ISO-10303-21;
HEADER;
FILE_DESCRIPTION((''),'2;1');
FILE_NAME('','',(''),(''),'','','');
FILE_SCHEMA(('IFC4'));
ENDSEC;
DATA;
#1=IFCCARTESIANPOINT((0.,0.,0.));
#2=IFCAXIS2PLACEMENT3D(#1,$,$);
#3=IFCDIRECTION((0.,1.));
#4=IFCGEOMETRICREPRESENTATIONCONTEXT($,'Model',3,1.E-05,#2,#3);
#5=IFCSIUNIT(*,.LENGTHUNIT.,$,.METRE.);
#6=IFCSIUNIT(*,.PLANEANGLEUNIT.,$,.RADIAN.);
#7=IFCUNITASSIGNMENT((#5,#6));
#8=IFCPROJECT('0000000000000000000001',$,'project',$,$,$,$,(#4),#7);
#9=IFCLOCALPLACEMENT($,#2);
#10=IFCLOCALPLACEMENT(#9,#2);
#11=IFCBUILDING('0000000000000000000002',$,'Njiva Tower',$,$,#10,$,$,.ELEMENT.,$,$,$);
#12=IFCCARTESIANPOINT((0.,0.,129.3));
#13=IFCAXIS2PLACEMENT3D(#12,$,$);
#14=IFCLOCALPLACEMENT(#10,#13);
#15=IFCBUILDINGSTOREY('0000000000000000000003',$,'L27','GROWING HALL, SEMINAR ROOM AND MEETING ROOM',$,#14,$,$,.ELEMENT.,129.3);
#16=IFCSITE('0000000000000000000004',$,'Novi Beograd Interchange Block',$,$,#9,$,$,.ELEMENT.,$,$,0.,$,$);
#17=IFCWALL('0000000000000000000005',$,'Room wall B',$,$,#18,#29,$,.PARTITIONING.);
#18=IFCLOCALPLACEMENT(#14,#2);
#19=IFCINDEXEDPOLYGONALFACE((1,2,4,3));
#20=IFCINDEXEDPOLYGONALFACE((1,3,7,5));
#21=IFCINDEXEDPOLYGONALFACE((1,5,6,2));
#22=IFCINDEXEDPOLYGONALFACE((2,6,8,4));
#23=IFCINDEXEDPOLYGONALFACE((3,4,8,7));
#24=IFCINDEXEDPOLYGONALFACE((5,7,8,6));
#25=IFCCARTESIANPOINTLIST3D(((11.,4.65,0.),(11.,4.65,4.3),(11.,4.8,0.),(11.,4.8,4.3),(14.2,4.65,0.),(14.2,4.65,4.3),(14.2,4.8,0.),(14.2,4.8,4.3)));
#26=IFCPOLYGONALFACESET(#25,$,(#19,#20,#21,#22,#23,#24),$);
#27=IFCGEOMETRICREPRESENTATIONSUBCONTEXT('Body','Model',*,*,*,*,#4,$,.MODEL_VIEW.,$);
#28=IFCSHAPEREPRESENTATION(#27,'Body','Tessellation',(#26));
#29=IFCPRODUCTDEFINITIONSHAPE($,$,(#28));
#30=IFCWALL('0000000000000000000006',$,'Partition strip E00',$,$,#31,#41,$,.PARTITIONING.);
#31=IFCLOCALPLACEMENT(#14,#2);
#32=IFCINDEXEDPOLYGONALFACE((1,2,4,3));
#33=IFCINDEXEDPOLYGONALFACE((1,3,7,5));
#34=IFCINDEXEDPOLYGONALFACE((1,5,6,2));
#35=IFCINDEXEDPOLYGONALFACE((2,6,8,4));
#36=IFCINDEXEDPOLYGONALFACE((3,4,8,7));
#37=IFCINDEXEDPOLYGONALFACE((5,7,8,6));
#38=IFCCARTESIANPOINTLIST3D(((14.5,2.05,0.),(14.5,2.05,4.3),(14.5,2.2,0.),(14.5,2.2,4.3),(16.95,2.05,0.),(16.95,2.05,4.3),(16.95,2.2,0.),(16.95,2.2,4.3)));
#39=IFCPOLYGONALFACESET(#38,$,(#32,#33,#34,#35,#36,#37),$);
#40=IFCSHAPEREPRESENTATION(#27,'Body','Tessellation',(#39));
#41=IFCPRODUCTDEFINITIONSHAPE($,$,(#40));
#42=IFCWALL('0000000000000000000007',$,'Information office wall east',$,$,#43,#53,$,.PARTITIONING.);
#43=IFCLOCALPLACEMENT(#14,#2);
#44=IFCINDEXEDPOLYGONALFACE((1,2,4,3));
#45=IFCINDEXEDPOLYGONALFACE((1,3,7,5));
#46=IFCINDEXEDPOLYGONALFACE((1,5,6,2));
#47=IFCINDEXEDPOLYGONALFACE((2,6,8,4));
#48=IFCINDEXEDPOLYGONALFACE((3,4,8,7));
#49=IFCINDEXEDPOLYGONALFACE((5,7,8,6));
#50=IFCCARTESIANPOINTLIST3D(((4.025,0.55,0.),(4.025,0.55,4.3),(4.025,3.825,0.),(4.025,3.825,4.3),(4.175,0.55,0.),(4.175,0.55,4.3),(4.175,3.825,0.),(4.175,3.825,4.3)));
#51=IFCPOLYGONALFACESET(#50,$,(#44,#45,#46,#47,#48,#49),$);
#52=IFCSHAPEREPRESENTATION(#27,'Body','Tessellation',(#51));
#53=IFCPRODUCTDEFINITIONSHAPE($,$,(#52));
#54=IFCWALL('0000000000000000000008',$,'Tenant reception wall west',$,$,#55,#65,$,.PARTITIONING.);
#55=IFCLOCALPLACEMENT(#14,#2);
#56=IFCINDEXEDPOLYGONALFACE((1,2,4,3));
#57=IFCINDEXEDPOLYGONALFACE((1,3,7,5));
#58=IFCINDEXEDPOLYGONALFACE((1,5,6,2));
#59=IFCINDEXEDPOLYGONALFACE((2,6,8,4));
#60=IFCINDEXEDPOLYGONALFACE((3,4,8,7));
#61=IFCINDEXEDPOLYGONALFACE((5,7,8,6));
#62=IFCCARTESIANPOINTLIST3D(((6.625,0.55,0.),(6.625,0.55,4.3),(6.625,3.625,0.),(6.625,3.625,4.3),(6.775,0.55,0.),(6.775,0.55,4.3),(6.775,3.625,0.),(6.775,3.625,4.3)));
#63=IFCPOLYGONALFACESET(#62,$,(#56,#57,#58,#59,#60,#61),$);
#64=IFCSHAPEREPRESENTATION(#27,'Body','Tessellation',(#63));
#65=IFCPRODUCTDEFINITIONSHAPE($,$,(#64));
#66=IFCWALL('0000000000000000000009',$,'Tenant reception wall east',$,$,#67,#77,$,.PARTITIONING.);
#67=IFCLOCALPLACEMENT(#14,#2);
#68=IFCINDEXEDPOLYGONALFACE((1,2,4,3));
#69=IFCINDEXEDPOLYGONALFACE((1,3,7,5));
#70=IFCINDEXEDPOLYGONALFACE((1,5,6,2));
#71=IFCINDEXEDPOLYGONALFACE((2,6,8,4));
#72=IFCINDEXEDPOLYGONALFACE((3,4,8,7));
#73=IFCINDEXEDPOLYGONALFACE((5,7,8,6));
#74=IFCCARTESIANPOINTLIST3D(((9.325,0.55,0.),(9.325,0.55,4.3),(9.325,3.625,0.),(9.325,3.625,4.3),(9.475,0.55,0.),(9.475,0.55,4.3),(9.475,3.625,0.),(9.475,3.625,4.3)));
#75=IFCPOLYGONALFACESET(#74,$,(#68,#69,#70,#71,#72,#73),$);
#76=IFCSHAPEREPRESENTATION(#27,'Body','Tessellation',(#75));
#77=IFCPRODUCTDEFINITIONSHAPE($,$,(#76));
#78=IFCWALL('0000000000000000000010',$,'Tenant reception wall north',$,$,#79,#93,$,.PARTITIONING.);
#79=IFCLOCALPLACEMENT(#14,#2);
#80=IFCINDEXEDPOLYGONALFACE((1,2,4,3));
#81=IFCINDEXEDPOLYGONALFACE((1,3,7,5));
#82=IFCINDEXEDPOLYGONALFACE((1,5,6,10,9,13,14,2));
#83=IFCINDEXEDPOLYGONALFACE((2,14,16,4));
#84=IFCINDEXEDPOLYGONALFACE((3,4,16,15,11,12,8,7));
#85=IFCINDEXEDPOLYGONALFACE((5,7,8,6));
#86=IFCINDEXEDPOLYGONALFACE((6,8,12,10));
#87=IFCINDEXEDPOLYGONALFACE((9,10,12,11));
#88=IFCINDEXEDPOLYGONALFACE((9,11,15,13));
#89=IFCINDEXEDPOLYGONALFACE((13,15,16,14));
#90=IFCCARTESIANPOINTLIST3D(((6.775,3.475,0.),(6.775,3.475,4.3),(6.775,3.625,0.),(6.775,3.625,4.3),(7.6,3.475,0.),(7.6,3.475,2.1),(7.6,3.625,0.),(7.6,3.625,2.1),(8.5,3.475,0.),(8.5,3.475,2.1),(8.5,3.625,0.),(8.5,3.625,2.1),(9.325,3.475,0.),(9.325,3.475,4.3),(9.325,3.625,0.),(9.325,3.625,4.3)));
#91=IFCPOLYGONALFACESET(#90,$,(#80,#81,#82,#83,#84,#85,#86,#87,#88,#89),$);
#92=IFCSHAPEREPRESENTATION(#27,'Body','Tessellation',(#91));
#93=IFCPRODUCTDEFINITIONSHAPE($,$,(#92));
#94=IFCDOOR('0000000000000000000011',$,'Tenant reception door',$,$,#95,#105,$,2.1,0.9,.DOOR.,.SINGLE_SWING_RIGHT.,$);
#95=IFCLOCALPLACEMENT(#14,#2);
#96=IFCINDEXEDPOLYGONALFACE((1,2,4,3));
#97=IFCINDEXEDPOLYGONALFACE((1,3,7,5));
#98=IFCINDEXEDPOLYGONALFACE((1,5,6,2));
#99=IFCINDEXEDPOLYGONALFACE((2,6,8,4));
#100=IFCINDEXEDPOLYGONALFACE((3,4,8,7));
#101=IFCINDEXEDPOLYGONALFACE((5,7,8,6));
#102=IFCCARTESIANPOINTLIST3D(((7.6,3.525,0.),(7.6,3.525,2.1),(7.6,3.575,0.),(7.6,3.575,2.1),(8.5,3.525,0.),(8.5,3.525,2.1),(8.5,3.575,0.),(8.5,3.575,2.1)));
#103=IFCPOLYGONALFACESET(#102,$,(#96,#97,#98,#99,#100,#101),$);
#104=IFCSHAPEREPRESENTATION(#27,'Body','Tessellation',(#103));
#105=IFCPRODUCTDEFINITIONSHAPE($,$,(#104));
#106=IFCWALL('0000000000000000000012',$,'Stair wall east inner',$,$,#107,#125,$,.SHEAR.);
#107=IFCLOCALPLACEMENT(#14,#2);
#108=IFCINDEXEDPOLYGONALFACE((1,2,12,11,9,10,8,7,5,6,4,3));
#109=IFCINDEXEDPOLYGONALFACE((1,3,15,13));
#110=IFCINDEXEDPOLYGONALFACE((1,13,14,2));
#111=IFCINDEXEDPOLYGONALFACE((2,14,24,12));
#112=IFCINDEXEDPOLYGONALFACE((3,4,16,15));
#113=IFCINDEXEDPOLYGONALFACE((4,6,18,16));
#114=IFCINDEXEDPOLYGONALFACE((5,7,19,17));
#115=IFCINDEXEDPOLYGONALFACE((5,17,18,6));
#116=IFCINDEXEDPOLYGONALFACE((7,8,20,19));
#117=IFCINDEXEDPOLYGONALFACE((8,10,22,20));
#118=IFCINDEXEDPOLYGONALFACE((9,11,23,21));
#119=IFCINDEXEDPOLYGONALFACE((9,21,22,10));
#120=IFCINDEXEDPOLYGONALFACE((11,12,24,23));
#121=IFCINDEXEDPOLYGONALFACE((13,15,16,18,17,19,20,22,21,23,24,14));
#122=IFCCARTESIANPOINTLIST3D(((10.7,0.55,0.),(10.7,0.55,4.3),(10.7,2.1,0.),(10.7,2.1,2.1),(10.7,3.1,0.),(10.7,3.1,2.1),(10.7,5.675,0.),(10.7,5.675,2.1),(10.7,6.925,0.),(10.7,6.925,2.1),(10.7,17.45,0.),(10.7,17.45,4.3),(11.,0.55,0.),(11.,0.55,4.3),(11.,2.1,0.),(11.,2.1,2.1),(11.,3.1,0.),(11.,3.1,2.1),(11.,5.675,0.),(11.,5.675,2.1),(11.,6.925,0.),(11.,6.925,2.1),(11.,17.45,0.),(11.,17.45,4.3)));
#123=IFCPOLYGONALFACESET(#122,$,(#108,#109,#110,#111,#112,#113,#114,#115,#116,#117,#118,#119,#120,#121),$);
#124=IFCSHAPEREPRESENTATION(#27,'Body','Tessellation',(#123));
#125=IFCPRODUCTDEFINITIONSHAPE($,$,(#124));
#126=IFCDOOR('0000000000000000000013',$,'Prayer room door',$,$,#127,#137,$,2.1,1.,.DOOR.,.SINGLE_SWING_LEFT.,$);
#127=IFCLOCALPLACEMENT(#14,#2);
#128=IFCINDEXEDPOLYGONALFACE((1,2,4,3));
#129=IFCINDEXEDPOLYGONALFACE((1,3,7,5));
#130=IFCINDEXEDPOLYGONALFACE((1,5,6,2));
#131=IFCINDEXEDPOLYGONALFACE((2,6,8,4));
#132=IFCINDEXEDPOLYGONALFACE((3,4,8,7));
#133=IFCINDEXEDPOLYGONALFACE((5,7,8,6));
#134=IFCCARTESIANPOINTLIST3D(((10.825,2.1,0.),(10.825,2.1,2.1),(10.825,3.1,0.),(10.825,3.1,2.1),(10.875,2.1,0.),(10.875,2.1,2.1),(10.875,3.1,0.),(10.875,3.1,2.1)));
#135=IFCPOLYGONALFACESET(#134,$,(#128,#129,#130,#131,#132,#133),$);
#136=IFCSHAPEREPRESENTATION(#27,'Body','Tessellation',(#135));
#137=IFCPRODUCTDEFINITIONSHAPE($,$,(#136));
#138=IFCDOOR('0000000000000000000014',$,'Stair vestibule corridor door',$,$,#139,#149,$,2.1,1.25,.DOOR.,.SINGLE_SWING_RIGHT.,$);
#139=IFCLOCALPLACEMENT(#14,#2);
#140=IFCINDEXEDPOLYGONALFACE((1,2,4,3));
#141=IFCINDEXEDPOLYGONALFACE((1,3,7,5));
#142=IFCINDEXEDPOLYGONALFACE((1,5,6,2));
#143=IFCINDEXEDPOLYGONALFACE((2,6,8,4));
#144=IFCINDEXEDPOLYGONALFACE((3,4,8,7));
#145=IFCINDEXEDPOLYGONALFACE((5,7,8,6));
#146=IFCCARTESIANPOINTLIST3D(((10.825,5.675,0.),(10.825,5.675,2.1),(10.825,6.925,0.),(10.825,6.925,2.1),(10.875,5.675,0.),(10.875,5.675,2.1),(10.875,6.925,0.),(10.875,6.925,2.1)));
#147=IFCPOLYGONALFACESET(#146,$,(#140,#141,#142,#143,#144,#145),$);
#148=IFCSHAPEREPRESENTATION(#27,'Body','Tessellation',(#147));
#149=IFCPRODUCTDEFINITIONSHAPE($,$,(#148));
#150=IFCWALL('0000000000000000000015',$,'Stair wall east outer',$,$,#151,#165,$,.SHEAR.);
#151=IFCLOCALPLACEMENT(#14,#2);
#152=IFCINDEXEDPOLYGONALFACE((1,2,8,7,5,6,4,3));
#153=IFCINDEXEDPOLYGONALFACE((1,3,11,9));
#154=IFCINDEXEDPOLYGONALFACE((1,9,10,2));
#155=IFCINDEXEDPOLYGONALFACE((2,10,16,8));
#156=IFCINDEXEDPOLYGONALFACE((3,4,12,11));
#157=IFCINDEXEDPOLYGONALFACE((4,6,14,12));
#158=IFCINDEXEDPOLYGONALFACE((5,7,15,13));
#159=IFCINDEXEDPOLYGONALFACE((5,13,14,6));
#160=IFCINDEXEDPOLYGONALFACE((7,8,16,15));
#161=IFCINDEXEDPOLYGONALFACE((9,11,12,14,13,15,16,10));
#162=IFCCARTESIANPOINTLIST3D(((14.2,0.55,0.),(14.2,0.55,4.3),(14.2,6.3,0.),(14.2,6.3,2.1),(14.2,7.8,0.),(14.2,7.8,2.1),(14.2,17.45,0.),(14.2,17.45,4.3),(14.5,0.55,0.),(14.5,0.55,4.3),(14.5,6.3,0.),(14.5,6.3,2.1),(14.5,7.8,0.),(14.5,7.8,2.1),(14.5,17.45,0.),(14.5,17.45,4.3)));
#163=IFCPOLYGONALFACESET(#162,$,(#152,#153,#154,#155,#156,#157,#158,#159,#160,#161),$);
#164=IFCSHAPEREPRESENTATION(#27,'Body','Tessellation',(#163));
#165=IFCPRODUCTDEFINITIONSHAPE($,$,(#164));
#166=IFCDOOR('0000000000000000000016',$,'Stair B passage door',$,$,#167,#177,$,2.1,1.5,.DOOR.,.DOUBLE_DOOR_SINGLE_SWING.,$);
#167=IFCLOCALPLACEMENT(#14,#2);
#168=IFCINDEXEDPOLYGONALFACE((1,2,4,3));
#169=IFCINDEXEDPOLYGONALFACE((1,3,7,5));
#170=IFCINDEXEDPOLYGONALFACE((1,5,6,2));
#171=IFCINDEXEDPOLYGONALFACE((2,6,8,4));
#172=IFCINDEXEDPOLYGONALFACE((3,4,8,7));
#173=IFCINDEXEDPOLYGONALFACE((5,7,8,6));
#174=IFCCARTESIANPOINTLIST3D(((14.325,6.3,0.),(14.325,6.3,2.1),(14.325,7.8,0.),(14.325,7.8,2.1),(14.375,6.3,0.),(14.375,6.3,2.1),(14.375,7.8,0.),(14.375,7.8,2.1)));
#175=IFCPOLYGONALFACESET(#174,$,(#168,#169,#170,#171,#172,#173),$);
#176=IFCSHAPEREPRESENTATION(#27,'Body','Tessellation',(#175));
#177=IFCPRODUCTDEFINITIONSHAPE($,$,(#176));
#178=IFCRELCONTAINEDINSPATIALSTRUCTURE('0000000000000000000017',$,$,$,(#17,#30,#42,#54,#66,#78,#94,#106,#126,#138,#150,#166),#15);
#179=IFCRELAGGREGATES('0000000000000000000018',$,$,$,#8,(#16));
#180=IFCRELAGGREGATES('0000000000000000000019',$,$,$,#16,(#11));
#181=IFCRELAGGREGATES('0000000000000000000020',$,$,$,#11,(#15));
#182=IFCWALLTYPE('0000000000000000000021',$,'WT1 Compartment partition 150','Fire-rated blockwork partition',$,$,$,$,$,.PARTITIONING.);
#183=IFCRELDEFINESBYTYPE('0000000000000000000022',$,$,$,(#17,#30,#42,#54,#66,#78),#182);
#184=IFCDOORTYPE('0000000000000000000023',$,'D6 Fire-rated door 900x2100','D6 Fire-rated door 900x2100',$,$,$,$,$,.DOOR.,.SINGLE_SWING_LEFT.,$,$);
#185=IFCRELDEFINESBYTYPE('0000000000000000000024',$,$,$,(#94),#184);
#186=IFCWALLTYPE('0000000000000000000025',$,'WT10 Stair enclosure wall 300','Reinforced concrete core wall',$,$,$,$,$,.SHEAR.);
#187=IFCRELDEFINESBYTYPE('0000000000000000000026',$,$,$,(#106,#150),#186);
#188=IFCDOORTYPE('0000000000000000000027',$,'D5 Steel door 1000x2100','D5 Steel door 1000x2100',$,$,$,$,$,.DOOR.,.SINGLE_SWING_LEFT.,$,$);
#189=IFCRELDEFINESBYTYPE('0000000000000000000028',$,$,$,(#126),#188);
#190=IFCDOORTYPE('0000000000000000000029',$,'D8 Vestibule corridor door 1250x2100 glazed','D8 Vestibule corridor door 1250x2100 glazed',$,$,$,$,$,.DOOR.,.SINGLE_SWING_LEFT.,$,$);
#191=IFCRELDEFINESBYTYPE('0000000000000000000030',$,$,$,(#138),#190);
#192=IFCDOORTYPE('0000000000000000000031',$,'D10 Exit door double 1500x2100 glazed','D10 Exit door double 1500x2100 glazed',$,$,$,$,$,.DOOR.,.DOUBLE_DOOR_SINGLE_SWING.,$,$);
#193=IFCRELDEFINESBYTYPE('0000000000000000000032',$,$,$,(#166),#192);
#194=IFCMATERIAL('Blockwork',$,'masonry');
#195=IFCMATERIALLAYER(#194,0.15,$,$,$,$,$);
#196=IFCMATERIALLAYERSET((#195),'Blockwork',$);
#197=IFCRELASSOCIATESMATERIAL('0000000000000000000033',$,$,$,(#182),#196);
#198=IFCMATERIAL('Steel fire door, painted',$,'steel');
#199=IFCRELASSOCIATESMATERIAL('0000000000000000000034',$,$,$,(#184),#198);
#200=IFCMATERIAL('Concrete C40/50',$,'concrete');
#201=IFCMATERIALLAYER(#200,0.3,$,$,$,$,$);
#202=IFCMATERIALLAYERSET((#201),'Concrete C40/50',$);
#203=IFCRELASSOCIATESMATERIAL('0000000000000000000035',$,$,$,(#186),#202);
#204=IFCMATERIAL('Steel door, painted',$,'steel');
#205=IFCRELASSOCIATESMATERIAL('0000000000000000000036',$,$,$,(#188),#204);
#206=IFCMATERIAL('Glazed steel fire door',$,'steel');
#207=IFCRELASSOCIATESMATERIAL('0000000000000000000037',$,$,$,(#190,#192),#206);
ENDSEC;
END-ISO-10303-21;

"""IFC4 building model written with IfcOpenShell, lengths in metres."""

from ifc_helpers import new_model, si_unit, direction, frame, frame_2d, origin, place, context, subcontext, project, spatial, rectangle, extrude, material, layer, layer_set, type_object, element, fill, save


model = new_model("IFC4")

# Units and contexts
model_context = context("Model", 3, precision=1e-05, world=origin(), true_north=direction((0.0, 1.0)))
body_context = subcontext(model_context, "Body", "Model", "MODEL_VIEW")
ifc_project = project(units=[si_unit("LENGTHUNIT", "METRE"), si_unit("PLANEANGLEUNIT", "RADIAN")], contexts=[model_context])

# Site, building, storey
site_placement = place(None, origin())
site = spatial("IfcSite", under=ifc_project, at=site_placement, Name="Novi Beograd Interchange Block", CompositionType="ELEMENT", RefElevation=0.0)
building_placement = place(site_placement, origin())
building = spatial("IfcBuilding", under=site, at=building_placement, Name="Njiva Tower", CompositionType="ELEMENT")
storey_placement = place(building_placement, frame((0.0, 0.0, 129.3)))
storey = spatial("IfcBuildingStorey", under=building, at=storey_placement, Name="L27", Description="GROWING HALL, SEMINAR ROOM AND MEETING ROOM", CompositionType="ELEMENT", Elevation=129.3)

# Walls
ifc_material_1 = material(Name="Blockwork", Category="masonry")
ifc_layer_1 = layer(ifc_material_1, 0.15)
ifc_layer_set_1 = layer_set([ifc_layer_1], Name="Blockwork")
wall_type_1 = type_object("IfcWallType", Name="WT1 Compartment partition 150", Description="Fire-rated blockwork partition", PredefinedType="PARTITIONING", material=ifc_layer_set_1)
wall_1_placement = place(storey_placement, frame((11.0, 4.725, 0.0), z_axis=(0.0, 0.0, 1.0), x_axis=(1.0, 0.0, 0.0)))
element("IfcWall", 1, at=wall_1_placement, inside=storey, type_object=wall_type_1, Name="Room wall B", PredefinedType="PARTITIONING", context=body_context, shape_type="SweptSolid", body=[
    extrude(rectangle(XDim=3.2, YDim=0.15, at=frame_2d((1.6, 0.0))), origin(), (0.0, 0.0, 1.0), 4.3),
])
wall_2_placement = place(storey_placement, frame((14.5, 2.125, 0.0), z_axis=(0.0, 0.0, 1.0), x_axis=(1.0, 0.0, 0.0)))
element("IfcWall", 2, at=wall_2_placement, inside=storey, type_object=wall_type_1, Name="Partition strip E00", PredefinedType="PARTITIONING", context=body_context, shape_type="SweptSolid", body=[
    extrude(rectangle(XDim=2.45, YDim=0.15, at=frame_2d((1.225, 0.0))), origin(), (0.0, 0.0, 1.0), 4.3),
])
wall_3_placement = place(storey_placement, frame((4.1, 0.55, 0.0), z_axis=(0.0, 0.0, 1.0), x_axis=(0.0, 1.0, 0.0)))
element("IfcWall", 3, at=wall_3_placement, inside=storey, type_object=wall_type_1, Name="Information office wall east", PredefinedType="PARTITIONING", context=body_context, shape_type="SweptSolid", body=[
    extrude(rectangle(XDim=3.275, YDim=0.15, at=frame_2d((1.6375, 0.0))), origin(), (0.0, 0.0, 1.0), 4.3),
])
for number, where, z_axis, x_axis, name in (
    (4, (6.7, 0.55, 0.0), (0.0, 0.0, 1.0), (0.0, 1.0, 0.0), "Tenant reception wall west"),
    (5, (9.4, 0.55, 0.0), (0.0, 0.0, 1.0), (0.0, 1.0, 0.0), "Tenant reception wall east"),
):
    element("IfcWall", number, at=place(storey_placement, frame(where, z_axis=z_axis, x_axis=x_axis)), inside=storey, type_object=wall_type_1, Name=name, PredefinedType="PARTITIONING", context=body_context, shape_type="SweptSolid", body=[
        extrude(rectangle(XDim=3.075, YDim=0.15, at=frame_2d((1.5375, 0.0))), origin(), (0.0, 0.0, 1.0), 4.3),
    ])

# Wall, opening, door
wall_4_placement = place(storey_placement, frame((6.775, 3.55, 0.0), z_axis=(0.0, 0.0, 1.0), x_axis=(1.0, 0.0, 0.0)))
wall_4 = element("IfcWall", 6, at=wall_4_placement, inside=storey, type_object=wall_type_1, Name="Tenant reception wall north", PredefinedType="PARTITIONING", context=body_context, shape_type="SweptSolid", body=[
    extrude(rectangle(XDim=2.55, YDim=0.15, at=frame_2d((1.275, 0.0))), origin(), (0.0, 0.0, 1.0), 4.3),
])
opening_1_placement = place(wall_4_placement, frame((0.825, 0.0, 0.0)))
opening_1 = element("IfcOpeningElement", 7, at=opening_1_placement, cuts=wall_4, PredefinedType="OPENING", context=body_context, shape_type="SweptSolid", body=[
    extrude(rectangle(XDim=0.9, YDim=2.1, at=frame_2d((0.45, 1.05))), frame((0.0, 0.085, 0.0), z_axis=(0.0, -1.0, 0.0), x_axis=(1.0, 0.0, 0.0)), (0.0, 0.0, 1.0), 0.17),
])
ifc_material_2 = material(Name="Steel fire door, painted", Category="steel")
door_type_1 = type_object("IfcDoorType", Name="D6 Fire-rated door 900x2100", Description="D6 Fire-rated door 900x2100", OperationType="SINGLE_SWING_LEFT", PredefinedType="DOOR", material=ifc_material_2)
door_1_placement = place(opening_1_placement, origin())
door_1 = element("IfcDoor", 8, at=door_1_placement, inside=storey, type_object=door_type_1, Name="Tenant reception door", OperationType="SINGLE_SWING_RIGHT", OverallHeight=2.1, OverallWidth=0.9, PredefinedType="DOOR", context=body_context, shape_type="SweptSolid", body=[
    extrude(rectangle(XDim=0.9, YDim=2.1, at=frame_2d((0.45, 1.05))), frame((0.0, 0.025, 0.0), z_axis=(0.0, -1.0, 0.0), x_axis=(1.0, 0.0, 0.0)), (0.0, 0.0, 1.0), 0.05),
])
fill(opening_1, door_1)

# Wall, openings, doors
ifc_material_3 = material(Name="Concrete C40/50", Category="concrete")
ifc_layer_2 = layer(ifc_material_3, 0.3)
ifc_layer_set_2 = layer_set([ifc_layer_2], Name="Concrete C40/50")
wall_type_2 = type_object("IfcWallType", Name="WT10 Stair enclosure wall 300", Description="Reinforced concrete core wall", PredefinedType="SHEAR", material=ifc_layer_set_2)
wall_5_placement = place(storey_placement, frame((10.85, 0.55, 0.0), z_axis=(0.0, 0.0, 1.0), x_axis=(0.0, 1.0, 0.0)))
wall_5 = element("IfcWall", 9, at=wall_5_placement, inside=storey, type_object=wall_type_2, Name="Stair wall east inner", PredefinedType="SHEAR", context=body_context, shape_type="SweptSolid", body=[
    extrude(rectangle(XDim=16.9, YDim=0.3, at=frame_2d((8.45, 0.0))), origin(), (0.0, 0.0, 1.0), 4.3),
])
opening_2_placement = place(wall_5_placement, frame((5.125, 0.0, 0.0)))
opening_2 = element("IfcOpeningElement", 10, at=opening_2_placement, cuts=wall_5, PredefinedType="OPENING", context=body_context, shape_type="SweptSolid", body=[
    extrude(rectangle(XDim=1.25, YDim=2.1, at=frame_2d((0.625, 1.05))), frame((0.0, 0.16, 0.0), z_axis=(0.0, -1.0, 0.0), x_axis=(1.0, 0.0, 0.0)), (0.0, 0.0, 1.0), 0.32),
])
opening_3_placement = place(wall_5_placement, frame((1.55, 0.0, 0.0)))
opening_3 = element("IfcOpeningElement", 11, at=opening_3_placement, cuts=wall_5, PredefinedType="OPENING", context=body_context, shape_type="SweptSolid", body=[
    extrude(rectangle(XDim=1.0, YDim=2.1, at=frame_2d((0.5, 1.05))), frame((0.0, 0.16, 0.0), z_axis=(0.0, -1.0, 0.0), x_axis=(1.0, 0.0, 0.0)), (0.0, 0.0, 1.0), 0.32),
])
ifc_material_4 = material(Name="Steel door, painted", Category="steel")
door_type_2 = type_object("IfcDoorType", Name="D5 Steel door 1000x2100", Description="D5 Steel door 1000x2100", OperationType="SINGLE_SWING_LEFT", PredefinedType="DOOR", material=ifc_material_4)
door_2_placement = place(opening_3_placement, origin())
door_2 = element("IfcDoor", 12, at=door_2_placement, inside=storey, type_object=door_type_2, Name="Prayer room door", OperationType="SINGLE_SWING_LEFT", OverallHeight=2.1, OverallWidth=1.0, PredefinedType="DOOR", context=body_context, shape_type="SweptSolid", body=[
    extrude(rectangle(XDim=1.0, YDim=2.1, at=frame_2d((0.5, 1.05))), frame((0.0, 0.025, 0.0), z_axis=(0.0, -1.0, 0.0), x_axis=(1.0, 0.0, 0.0)), (0.0, 0.0, 1.0), 0.05),
])
fill(opening_3, door_2)
ifc_material_5 = material(Name="Glazed steel fire door", Category="steel")
door_type_3 = type_object("IfcDoorType", Name="D8 Vestibule corridor door 1250x2100 glazed", Description="D8 Vestibule corridor door 1250x2100 glazed", OperationType="SINGLE_SWING_LEFT", PredefinedType="DOOR", material=ifc_material_5)
door_3_placement = place(opening_2_placement, origin())
door_3 = element("IfcDoor", 13, at=door_3_placement, inside=storey, type_object=door_type_3, Name="Stair vestibule corridor door", OperationType="SINGLE_SWING_RIGHT", OverallHeight=2.1, OverallWidth=1.25, PredefinedType="DOOR", context=body_context, shape_type="SweptSolid", body=[
    extrude(rectangle(XDim=1.25, YDim=2.1, at=frame_2d((0.625, 1.05))), frame((0.0, 0.025, 0.0), z_axis=(0.0, -1.0, 0.0), x_axis=(1.0, 0.0, 0.0)), (0.0, 0.0, 1.0), 0.05),
])
fill(opening_2, door_3)

# Wall, opening, door
wall_6_placement = place(storey_placement, frame((14.35, 0.55, 0.0), z_axis=(0.0, 0.0, 1.0), x_axis=(0.0, 1.0, 0.0)))
wall_6 = element("IfcWall", 14, at=wall_6_placement, inside=storey, type_object=wall_type_2, Name="Stair wall east outer", PredefinedType="SHEAR", context=body_context, shape_type="SweptSolid", body=[
    extrude(rectangle(XDim=16.9, YDim=0.3, at=frame_2d((8.45, 0.0))), origin(), (0.0, 0.0, 1.0), 4.3),
])
opening_4_placement = place(wall_6_placement, frame((5.75, 0.0, 0.0)))
opening_4 = element("IfcOpeningElement", 15, at=opening_4_placement, cuts=wall_6, PredefinedType="OPENING", context=body_context, shape_type="SweptSolid", body=[
    extrude(rectangle(XDim=1.5, YDim=2.1, at=frame_2d((0.75, 1.05))), frame((0.0, 0.16, 0.0), z_axis=(0.0, -1.0, 0.0), x_axis=(1.0, 0.0, 0.0)), (0.0, 0.0, 1.0), 0.32),
])
door_type_4 = type_object("IfcDoorType", Name="D10 Exit door double 1500x2100 glazed", Description="D10 Exit door double 1500x2100 glazed", OperationType="DOUBLE_DOOR_SINGLE_SWING", PredefinedType="DOOR", material=ifc_material_5)
door_4_placement = place(opening_4_placement, origin())
door_4 = element("IfcDoor", 16, at=door_4_placement, inside=storey, type_object=door_type_4, Name="Stair B passage door", OperationType="DOUBLE_DOOR_SINGLE_SWING", OverallHeight=2.1, OverallWidth=1.5, PredefinedType="DOOR", context=body_context, shape_type="SweptSolid", body=[
    extrude(rectangle(XDim=1.5, YDim=2.1, at=frame_2d((0.75, 1.05))), frame((0.0, 0.025, 0.0), z_axis=(0.0, -1.0, 0.0), x_axis=(1.0, 0.0, 0.0)), (0.0, 0.0, 1.0), 0.05),
])
fill(opening_4, door_4)

save(model, "model.ifc")
